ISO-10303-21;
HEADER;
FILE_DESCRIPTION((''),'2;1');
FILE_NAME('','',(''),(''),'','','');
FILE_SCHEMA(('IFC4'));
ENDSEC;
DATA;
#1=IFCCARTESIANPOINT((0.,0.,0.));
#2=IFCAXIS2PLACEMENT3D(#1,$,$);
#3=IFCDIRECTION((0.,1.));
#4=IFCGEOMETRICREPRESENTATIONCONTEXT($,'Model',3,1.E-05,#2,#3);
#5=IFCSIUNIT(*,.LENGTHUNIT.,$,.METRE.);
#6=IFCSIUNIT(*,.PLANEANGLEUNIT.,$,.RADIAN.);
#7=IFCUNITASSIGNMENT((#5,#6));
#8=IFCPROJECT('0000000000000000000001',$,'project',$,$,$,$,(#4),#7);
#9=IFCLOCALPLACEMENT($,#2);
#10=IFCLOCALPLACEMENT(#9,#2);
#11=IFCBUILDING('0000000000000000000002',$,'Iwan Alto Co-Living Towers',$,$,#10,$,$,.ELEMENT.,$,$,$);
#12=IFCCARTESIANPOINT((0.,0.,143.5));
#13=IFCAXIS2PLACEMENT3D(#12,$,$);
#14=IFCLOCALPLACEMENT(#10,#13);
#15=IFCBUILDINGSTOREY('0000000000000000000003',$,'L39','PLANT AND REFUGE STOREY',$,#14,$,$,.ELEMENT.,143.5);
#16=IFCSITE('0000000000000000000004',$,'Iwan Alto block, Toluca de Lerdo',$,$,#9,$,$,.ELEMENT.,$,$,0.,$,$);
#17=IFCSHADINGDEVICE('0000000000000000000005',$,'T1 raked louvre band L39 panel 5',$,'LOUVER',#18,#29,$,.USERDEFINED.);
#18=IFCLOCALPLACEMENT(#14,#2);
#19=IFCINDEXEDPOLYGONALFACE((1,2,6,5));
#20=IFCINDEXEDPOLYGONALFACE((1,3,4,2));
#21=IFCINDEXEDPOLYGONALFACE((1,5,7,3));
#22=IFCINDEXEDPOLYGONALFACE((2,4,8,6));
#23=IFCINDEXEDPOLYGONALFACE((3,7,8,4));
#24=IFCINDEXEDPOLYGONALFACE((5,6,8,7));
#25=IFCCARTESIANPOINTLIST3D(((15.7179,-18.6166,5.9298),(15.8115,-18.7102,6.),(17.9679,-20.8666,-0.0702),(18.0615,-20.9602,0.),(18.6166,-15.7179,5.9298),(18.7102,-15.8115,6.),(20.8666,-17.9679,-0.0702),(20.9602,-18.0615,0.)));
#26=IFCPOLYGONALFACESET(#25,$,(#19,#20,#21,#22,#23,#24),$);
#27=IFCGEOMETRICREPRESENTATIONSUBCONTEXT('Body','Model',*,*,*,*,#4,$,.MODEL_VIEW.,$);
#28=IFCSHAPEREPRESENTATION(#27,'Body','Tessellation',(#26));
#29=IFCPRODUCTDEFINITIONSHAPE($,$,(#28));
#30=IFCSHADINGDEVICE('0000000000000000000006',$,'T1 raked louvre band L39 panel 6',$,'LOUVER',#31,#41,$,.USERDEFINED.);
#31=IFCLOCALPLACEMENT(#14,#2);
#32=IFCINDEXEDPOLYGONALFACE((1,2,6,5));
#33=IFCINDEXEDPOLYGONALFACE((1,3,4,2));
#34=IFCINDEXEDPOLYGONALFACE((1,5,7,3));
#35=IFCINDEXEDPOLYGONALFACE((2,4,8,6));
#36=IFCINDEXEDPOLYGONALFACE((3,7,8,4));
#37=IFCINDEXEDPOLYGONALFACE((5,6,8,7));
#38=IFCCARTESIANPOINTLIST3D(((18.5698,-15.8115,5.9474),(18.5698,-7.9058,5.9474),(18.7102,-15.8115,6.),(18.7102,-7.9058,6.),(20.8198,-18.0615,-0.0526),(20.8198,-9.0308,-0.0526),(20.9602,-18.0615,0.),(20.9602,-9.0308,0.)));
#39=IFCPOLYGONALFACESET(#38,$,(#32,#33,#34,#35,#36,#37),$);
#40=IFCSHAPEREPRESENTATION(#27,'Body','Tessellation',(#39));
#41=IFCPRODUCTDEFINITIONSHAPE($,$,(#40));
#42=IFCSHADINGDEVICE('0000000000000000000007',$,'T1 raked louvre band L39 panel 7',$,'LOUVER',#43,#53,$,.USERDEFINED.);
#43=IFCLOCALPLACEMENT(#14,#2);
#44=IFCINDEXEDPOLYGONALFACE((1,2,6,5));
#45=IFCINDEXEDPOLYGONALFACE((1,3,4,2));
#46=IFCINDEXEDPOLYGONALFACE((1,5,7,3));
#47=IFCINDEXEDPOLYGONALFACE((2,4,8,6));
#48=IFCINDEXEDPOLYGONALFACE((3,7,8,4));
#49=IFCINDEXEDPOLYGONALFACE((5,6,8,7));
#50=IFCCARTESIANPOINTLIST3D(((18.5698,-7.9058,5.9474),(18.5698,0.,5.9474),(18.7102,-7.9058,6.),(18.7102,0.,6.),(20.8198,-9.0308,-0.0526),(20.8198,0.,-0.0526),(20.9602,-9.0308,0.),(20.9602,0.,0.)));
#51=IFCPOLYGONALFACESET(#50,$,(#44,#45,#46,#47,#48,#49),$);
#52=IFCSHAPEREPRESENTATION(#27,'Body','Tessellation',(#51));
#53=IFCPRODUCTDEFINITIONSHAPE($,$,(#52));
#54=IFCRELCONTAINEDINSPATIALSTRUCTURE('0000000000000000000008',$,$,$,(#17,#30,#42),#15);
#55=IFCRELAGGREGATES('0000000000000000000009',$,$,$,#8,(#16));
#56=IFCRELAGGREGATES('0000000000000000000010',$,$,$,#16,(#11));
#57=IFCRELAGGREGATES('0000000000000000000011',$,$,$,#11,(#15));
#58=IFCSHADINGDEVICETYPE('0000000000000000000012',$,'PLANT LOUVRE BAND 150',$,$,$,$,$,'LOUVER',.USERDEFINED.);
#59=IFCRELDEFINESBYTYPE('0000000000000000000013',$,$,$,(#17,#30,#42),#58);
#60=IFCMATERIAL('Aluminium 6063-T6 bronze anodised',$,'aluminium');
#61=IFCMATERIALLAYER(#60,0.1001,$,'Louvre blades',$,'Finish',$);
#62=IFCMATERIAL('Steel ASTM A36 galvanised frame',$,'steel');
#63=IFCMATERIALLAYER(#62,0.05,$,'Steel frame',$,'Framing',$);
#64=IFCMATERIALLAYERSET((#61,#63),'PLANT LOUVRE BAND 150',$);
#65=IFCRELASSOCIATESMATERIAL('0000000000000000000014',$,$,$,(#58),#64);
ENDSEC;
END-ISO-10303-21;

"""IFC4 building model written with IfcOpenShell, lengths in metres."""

from ifc_helpers import new_model, si_unit, direction, frame, origin, place, context, subcontext, project, spatial, polyline, outline, extrude, material, layer, layer_set, type_object, element, save


model = new_model("IFC4")

# Units and contexts
model_context = context("Model", 3, precision=1e-05, world=origin(), true_north=direction((0.0, 1.0)))
body_context = subcontext(model_context, "Body", "Model", "MODEL_VIEW")
ifc_project = project(units=[si_unit("LENGTHUNIT", "METRE"), si_unit("PLANEANGLEUNIT", "RADIAN")], contexts=[model_context])

# Site, building, storey
site_placement = place(None, origin())
site = spatial("IfcSite", under=ifc_project, at=site_placement, Name="Iwan Alto block, Toluca de Lerdo", CompositionType="ELEMENT", RefElevation=0.0)
building_placement = place(site_placement, origin())
building = spatial("IfcBuilding", under=site, at=building_placement, Name="Iwan Alto Co-Living Towers", CompositionType="ELEMENT")
storey_placement = place(building_placement, frame((0.0, 0.0, 143.5)))
storey = spatial("IfcBuildingStorey", under=building, at=storey_placement, Name="L39", Description="PLANT AND REFUGE STOREY", CompositionType="ELEMENT", Elevation=143.5)

# Shared definitions
ifc_material_1 = material(Name="Aluminium 6063-T6 bronze anodised", Category="aluminium")

# Shading devices
ifc_layer_1 = layer(ifc_material_1, 0.1001, Name="Louvre blades", Category="Finish")
ifc_material_2 = material(Name="Steel ASTM A36 galvanised frame", Category="steel")
ifc_layer_2 = layer(ifc_material_2, 0.05, Name="Steel frame", Category="Framing")
ifc_layer_set_1 = layer_set([ifc_layer_1, ifc_layer_2], Name="PLANT LOUVRE BAND 150")
shading_device_type = type_object("IfcShadingDeviceType", Name="PLANT LOUVRE BAND 150", ElementType="LOUVER", PredefinedType="USERDEFINED", material=ifc_layer_set_1)
shading_device_1_placement = place(storey_placement, frame((18.0615, -20.9602, 0.0), z_axis=(0.624695, -0.624695, 0.468521), x_axis=(0.707107, 0.707107, 0.0)))
element("IfcShadingDevice", 1, at=shading_device_1_placement, inside=storey, type_object=shading_device_type, Name="T1 raked louvre band L39 panel 5", ObjectType="LOUVER", PredefinedType="USERDEFINED", context=body_context, shape_type="SweptSolid", body=[
    extrude(outline(polyline([(0.0, 0.0), (4.0994, 0.0), (4.0994, 6.7915), (0.0, 6.7915), (0.0, 0.0)])), origin(), (0.0, 0.0, -1.0), 0.1499),
])
shading_device_2_placement = place(storey_placement, frame((20.9602, -18.0615, 0.0), z_axis=(0.936329, 0.0, 0.351123), x_axis=(0.0, 1.0, 0.0)))
element("IfcShadingDevice", 2, at=shading_device_2_placement, inside=storey, type_object=shading_device_type, Name="T1 raked louvre band L39 panel 6", ObjectType="LOUVER", PredefinedType="USERDEFINED", context=body_context, shape_type="SweptSolid", body=[
    extrude(outline(polyline([(0.0, 0.0), (9.0308, 0.0), (10.1558, 6.408), (2.25, 6.408), (0.0, 0.0)])), origin(), (0.0, 0.0, -1.0), 0.1499),
])
shading_device_3_placement = place(storey_placement, frame((20.9602, -9.0308, 0.0), z_axis=(0.936329, 0.0, 0.351123), x_axis=(0.0, 1.0, 0.0)))
element("IfcShadingDevice", 3, at=shading_device_3_placement, inside=storey, type_object=shading_device_type, Name="T1 raked louvre band L39 panel 7", ObjectType="LOUVER", PredefinedType="USERDEFINED", context=body_context, shape_type="SweptSolid", body=[
    extrude(outline(polyline([(0.0, 0.0), (9.0308, 0.0), (9.0308, 6.408), (1.125, 6.408), (0.0, 0.0)])), origin(), (0.0, 0.0, -1.0), 0.1499),
])

save(model, "model.ifc")
